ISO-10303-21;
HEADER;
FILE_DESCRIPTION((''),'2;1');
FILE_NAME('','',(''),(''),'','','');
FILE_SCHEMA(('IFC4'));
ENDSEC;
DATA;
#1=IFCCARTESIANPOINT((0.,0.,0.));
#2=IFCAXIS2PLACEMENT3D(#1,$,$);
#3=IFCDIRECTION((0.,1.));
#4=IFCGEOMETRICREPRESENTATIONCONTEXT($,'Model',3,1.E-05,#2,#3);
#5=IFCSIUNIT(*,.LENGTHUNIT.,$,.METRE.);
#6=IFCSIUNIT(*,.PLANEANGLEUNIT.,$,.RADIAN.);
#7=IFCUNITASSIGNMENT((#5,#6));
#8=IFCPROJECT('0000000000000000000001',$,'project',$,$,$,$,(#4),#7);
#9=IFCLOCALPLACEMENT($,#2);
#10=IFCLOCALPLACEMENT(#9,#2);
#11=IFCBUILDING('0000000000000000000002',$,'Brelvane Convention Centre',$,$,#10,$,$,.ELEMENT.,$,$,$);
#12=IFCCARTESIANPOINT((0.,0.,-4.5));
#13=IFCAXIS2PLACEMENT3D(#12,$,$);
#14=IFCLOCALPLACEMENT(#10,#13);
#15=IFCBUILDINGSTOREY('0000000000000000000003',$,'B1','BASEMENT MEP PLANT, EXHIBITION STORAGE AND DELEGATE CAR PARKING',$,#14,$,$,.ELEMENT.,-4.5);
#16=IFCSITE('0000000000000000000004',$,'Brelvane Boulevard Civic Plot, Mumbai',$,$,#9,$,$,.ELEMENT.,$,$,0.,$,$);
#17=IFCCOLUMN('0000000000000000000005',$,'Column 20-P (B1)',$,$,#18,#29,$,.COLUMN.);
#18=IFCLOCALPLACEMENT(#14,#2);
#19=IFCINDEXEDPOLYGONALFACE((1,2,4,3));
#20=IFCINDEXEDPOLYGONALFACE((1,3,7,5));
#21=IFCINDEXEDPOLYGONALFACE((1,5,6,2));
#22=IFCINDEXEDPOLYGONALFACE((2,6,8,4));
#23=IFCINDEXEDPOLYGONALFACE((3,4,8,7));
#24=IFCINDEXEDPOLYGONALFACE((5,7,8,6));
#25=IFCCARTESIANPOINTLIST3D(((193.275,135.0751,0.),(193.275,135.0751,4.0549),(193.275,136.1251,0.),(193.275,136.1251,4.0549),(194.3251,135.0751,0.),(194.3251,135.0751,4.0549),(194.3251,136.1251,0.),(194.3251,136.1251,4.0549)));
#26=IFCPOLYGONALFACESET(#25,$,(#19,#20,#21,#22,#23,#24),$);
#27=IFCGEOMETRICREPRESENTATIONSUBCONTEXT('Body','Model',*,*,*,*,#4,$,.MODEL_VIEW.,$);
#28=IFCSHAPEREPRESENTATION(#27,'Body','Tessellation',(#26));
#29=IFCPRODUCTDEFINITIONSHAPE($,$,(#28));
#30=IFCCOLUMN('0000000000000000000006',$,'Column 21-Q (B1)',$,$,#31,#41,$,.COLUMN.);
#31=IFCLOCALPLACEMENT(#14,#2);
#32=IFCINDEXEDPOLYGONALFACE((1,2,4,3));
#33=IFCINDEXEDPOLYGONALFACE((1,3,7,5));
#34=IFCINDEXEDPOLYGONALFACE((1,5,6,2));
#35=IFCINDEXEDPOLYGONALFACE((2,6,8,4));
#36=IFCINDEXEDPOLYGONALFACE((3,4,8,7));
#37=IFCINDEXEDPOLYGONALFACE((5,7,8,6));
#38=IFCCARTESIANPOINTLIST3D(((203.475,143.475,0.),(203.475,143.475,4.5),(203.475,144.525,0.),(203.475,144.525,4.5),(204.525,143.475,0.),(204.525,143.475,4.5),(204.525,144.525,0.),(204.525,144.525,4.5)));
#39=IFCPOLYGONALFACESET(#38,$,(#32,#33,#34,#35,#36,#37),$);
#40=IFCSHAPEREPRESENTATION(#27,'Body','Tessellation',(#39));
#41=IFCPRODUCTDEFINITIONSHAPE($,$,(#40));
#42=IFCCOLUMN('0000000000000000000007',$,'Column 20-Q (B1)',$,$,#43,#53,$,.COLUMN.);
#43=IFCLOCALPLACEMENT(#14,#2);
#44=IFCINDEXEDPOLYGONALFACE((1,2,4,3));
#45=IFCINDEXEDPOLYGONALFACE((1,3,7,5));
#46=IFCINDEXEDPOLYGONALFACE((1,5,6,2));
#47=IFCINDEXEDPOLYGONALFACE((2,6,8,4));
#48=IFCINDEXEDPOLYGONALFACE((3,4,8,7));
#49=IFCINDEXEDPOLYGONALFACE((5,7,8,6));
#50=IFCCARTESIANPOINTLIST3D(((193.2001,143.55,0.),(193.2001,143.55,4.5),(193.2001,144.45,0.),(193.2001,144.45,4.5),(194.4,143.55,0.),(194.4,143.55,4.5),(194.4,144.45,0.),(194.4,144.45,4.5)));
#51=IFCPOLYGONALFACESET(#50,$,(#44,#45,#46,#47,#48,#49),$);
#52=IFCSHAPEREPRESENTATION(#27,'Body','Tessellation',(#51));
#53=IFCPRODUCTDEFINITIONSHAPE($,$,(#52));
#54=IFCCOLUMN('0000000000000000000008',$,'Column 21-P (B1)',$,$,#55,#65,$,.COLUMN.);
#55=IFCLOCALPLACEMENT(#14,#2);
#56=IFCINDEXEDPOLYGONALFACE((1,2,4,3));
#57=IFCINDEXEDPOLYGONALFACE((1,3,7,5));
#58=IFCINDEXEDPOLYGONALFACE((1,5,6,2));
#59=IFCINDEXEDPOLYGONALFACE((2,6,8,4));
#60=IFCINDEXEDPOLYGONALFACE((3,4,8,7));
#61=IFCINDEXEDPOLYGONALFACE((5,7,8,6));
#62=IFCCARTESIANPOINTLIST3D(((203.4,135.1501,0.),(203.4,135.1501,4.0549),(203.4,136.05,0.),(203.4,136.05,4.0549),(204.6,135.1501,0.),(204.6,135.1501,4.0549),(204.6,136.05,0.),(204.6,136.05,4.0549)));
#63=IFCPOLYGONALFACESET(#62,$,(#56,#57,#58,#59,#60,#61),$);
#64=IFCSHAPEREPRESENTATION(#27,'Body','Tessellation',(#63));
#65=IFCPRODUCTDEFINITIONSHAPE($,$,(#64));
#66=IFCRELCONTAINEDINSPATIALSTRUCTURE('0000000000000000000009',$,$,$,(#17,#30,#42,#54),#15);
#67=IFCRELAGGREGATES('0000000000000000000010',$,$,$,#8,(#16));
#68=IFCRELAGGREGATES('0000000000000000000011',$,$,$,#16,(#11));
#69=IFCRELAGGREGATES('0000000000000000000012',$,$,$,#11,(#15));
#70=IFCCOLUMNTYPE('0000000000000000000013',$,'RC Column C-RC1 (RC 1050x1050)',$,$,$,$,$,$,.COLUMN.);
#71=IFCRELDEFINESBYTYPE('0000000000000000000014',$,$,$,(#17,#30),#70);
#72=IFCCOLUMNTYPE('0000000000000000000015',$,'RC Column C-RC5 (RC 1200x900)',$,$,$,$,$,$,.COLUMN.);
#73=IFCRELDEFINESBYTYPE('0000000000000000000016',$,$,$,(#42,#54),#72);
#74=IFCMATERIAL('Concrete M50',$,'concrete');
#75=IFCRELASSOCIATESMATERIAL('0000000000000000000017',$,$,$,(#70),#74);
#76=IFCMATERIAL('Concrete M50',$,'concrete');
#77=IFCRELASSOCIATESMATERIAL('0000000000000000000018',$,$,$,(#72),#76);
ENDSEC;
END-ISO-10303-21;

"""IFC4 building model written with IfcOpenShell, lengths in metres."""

from ifc_helpers import new_model, si_unit, direction, frame, origin, origin_2d, place, context, subcontext, project, spatial, rectangle, extrude, material, material_profile, profile_set, type_object, element, save


model = new_model("IFC4")

# Units and contexts
model_context = context("Model", 3, precision=1e-05, world=origin(), true_north=direction((0.0, 1.0)))
body_context = subcontext(model_context, "Body", "Model", "MODEL_VIEW")
ifc_project = project(units=[si_unit("LENGTHUNIT", "METRE"), si_unit("PLANEANGLEUNIT", "RADIAN")], contexts=[model_context])

# Site, building, storey
site_placement = place(None, origin())
site = spatial("IfcSite", under=ifc_project, at=site_placement, Name="Brelvane Boulevard Civic Plot, Mumbai", CompositionType="ELEMENT", RefElevation=0.0)
building_placement = place(site_placement, origin())
building = spatial("IfcBuilding", under=site, at=building_placement, Name="Brelvane Convention Centre", CompositionType="ELEMENT")
storey_placement = place(building_placement, frame((0.0, 0.0, -4.5)))
storey = spatial("IfcBuildingStorey", under=building, at=storey_placement, Name="B1", Description="BASEMENT MEP PLANT, EXHIBITION STORAGE AND DELEGATE CAR PARKING", CompositionType="ELEMENT", Elevation=-4.5)

# Columns
ifc_material_1 = material(Name="Concrete M50", Category="concrete")
ifc_material_profile_1 = material_profile(ifc_material_1, rectangle(XDim=1.05, YDim=1.05, at=origin_2d()), Name="RC 1050x1050")
ifc_profile_set_1 = profile_set([ifc_material_profile_1], Name="Concrete M50")
column_type_1 = type_object("IfcColumnType", Name="RC Column C-RC1 (RC 1050x1050)", PredefinedType="COLUMN", material=ifc_profile_set_1)
column_1_placement = place(storey_placement, frame((193.8, 135.6001, 0.0), z_axis=(0.0, 0.0, 1.0), x_axis=(1.0, 0.0, 0.0)))
element("IfcColumn", 1, at=column_1_placement, inside=storey, type_object=column_type_1, Name="Column 20-P (B1)", PredefinedType="COLUMN", context=body_context, shape_type="SweptSolid", body=[
    extrude(rectangle(XDim=1.05, YDim=1.05, at=origin_2d()), origin(), (0.0, 0.0, 1.0), 4.0549),
])
column_2_placement = place(storey_placement, frame((204.0, 144.0, 0.0), z_axis=(0.0, 0.0, 1.0), x_axis=(1.0, 0.0, 0.0)))
element("IfcColumn", 2, at=column_2_placement, inside=storey, type_object=column_type_1, Name="Column 21-Q (B1)", PredefinedType="COLUMN", context=body_context, shape_type="SweptSolid", body=[
    extrude(rectangle(XDim=1.05, YDim=1.05, at=origin_2d()), origin(), (0.0, 0.0, 1.0), 4.5),
])
ifc_material_2 = material(Name="Concrete M50", Category="concrete")
ifc_material_profile_2 = material_profile(ifc_material_2, rectangle(XDim=1.2, YDim=0.8999, at=origin_2d()), Name="RC 1200x900")
ifc_profile_set_2 = profile_set([ifc_material_profile_2], Name="Concrete M50")
column_type_2 = type_object("IfcColumnType", Name="RC Column C-RC5 (RC 1200x900)", PredefinedType="COLUMN", material=ifc_profile_set_2)
column_3_placement = place(storey_placement, frame((193.8, 144.0, 0.0), z_axis=(0.0, 0.0, 1.0), x_axis=(1.0, 0.0, 0.0)))
element("IfcColumn", 3, at=column_3_placement, inside=storey, type_object=column_type_2, Name="Column 20-Q (B1)", PredefinedType="COLUMN", context=body_context, shape_type="SweptSolid", body=[
    extrude(rectangle(XDim=1.2, YDim=0.8999, at=origin_2d()), origin(), (0.0, 0.0, 1.0), 4.5),
])
column_4_placement = place(storey_placement, frame((204.0, 135.6001, 0.0), z_axis=(0.0, 0.0, 1.0), x_axis=(1.0, 0.0, 0.0)))
element("IfcColumn", 4, at=column_4_placement, inside=storey, type_object=column_type_2, Name="Column 21-P (B1)", PredefinedType="COLUMN", context=body_context, shape_type="SweptSolid", body=[
    extrude(rectangle(XDim=1.2, YDim=0.8999, at=origin_2d()), origin(), (0.0, 0.0, 1.0), 4.0549),
])

save(model, "model.ifc")
